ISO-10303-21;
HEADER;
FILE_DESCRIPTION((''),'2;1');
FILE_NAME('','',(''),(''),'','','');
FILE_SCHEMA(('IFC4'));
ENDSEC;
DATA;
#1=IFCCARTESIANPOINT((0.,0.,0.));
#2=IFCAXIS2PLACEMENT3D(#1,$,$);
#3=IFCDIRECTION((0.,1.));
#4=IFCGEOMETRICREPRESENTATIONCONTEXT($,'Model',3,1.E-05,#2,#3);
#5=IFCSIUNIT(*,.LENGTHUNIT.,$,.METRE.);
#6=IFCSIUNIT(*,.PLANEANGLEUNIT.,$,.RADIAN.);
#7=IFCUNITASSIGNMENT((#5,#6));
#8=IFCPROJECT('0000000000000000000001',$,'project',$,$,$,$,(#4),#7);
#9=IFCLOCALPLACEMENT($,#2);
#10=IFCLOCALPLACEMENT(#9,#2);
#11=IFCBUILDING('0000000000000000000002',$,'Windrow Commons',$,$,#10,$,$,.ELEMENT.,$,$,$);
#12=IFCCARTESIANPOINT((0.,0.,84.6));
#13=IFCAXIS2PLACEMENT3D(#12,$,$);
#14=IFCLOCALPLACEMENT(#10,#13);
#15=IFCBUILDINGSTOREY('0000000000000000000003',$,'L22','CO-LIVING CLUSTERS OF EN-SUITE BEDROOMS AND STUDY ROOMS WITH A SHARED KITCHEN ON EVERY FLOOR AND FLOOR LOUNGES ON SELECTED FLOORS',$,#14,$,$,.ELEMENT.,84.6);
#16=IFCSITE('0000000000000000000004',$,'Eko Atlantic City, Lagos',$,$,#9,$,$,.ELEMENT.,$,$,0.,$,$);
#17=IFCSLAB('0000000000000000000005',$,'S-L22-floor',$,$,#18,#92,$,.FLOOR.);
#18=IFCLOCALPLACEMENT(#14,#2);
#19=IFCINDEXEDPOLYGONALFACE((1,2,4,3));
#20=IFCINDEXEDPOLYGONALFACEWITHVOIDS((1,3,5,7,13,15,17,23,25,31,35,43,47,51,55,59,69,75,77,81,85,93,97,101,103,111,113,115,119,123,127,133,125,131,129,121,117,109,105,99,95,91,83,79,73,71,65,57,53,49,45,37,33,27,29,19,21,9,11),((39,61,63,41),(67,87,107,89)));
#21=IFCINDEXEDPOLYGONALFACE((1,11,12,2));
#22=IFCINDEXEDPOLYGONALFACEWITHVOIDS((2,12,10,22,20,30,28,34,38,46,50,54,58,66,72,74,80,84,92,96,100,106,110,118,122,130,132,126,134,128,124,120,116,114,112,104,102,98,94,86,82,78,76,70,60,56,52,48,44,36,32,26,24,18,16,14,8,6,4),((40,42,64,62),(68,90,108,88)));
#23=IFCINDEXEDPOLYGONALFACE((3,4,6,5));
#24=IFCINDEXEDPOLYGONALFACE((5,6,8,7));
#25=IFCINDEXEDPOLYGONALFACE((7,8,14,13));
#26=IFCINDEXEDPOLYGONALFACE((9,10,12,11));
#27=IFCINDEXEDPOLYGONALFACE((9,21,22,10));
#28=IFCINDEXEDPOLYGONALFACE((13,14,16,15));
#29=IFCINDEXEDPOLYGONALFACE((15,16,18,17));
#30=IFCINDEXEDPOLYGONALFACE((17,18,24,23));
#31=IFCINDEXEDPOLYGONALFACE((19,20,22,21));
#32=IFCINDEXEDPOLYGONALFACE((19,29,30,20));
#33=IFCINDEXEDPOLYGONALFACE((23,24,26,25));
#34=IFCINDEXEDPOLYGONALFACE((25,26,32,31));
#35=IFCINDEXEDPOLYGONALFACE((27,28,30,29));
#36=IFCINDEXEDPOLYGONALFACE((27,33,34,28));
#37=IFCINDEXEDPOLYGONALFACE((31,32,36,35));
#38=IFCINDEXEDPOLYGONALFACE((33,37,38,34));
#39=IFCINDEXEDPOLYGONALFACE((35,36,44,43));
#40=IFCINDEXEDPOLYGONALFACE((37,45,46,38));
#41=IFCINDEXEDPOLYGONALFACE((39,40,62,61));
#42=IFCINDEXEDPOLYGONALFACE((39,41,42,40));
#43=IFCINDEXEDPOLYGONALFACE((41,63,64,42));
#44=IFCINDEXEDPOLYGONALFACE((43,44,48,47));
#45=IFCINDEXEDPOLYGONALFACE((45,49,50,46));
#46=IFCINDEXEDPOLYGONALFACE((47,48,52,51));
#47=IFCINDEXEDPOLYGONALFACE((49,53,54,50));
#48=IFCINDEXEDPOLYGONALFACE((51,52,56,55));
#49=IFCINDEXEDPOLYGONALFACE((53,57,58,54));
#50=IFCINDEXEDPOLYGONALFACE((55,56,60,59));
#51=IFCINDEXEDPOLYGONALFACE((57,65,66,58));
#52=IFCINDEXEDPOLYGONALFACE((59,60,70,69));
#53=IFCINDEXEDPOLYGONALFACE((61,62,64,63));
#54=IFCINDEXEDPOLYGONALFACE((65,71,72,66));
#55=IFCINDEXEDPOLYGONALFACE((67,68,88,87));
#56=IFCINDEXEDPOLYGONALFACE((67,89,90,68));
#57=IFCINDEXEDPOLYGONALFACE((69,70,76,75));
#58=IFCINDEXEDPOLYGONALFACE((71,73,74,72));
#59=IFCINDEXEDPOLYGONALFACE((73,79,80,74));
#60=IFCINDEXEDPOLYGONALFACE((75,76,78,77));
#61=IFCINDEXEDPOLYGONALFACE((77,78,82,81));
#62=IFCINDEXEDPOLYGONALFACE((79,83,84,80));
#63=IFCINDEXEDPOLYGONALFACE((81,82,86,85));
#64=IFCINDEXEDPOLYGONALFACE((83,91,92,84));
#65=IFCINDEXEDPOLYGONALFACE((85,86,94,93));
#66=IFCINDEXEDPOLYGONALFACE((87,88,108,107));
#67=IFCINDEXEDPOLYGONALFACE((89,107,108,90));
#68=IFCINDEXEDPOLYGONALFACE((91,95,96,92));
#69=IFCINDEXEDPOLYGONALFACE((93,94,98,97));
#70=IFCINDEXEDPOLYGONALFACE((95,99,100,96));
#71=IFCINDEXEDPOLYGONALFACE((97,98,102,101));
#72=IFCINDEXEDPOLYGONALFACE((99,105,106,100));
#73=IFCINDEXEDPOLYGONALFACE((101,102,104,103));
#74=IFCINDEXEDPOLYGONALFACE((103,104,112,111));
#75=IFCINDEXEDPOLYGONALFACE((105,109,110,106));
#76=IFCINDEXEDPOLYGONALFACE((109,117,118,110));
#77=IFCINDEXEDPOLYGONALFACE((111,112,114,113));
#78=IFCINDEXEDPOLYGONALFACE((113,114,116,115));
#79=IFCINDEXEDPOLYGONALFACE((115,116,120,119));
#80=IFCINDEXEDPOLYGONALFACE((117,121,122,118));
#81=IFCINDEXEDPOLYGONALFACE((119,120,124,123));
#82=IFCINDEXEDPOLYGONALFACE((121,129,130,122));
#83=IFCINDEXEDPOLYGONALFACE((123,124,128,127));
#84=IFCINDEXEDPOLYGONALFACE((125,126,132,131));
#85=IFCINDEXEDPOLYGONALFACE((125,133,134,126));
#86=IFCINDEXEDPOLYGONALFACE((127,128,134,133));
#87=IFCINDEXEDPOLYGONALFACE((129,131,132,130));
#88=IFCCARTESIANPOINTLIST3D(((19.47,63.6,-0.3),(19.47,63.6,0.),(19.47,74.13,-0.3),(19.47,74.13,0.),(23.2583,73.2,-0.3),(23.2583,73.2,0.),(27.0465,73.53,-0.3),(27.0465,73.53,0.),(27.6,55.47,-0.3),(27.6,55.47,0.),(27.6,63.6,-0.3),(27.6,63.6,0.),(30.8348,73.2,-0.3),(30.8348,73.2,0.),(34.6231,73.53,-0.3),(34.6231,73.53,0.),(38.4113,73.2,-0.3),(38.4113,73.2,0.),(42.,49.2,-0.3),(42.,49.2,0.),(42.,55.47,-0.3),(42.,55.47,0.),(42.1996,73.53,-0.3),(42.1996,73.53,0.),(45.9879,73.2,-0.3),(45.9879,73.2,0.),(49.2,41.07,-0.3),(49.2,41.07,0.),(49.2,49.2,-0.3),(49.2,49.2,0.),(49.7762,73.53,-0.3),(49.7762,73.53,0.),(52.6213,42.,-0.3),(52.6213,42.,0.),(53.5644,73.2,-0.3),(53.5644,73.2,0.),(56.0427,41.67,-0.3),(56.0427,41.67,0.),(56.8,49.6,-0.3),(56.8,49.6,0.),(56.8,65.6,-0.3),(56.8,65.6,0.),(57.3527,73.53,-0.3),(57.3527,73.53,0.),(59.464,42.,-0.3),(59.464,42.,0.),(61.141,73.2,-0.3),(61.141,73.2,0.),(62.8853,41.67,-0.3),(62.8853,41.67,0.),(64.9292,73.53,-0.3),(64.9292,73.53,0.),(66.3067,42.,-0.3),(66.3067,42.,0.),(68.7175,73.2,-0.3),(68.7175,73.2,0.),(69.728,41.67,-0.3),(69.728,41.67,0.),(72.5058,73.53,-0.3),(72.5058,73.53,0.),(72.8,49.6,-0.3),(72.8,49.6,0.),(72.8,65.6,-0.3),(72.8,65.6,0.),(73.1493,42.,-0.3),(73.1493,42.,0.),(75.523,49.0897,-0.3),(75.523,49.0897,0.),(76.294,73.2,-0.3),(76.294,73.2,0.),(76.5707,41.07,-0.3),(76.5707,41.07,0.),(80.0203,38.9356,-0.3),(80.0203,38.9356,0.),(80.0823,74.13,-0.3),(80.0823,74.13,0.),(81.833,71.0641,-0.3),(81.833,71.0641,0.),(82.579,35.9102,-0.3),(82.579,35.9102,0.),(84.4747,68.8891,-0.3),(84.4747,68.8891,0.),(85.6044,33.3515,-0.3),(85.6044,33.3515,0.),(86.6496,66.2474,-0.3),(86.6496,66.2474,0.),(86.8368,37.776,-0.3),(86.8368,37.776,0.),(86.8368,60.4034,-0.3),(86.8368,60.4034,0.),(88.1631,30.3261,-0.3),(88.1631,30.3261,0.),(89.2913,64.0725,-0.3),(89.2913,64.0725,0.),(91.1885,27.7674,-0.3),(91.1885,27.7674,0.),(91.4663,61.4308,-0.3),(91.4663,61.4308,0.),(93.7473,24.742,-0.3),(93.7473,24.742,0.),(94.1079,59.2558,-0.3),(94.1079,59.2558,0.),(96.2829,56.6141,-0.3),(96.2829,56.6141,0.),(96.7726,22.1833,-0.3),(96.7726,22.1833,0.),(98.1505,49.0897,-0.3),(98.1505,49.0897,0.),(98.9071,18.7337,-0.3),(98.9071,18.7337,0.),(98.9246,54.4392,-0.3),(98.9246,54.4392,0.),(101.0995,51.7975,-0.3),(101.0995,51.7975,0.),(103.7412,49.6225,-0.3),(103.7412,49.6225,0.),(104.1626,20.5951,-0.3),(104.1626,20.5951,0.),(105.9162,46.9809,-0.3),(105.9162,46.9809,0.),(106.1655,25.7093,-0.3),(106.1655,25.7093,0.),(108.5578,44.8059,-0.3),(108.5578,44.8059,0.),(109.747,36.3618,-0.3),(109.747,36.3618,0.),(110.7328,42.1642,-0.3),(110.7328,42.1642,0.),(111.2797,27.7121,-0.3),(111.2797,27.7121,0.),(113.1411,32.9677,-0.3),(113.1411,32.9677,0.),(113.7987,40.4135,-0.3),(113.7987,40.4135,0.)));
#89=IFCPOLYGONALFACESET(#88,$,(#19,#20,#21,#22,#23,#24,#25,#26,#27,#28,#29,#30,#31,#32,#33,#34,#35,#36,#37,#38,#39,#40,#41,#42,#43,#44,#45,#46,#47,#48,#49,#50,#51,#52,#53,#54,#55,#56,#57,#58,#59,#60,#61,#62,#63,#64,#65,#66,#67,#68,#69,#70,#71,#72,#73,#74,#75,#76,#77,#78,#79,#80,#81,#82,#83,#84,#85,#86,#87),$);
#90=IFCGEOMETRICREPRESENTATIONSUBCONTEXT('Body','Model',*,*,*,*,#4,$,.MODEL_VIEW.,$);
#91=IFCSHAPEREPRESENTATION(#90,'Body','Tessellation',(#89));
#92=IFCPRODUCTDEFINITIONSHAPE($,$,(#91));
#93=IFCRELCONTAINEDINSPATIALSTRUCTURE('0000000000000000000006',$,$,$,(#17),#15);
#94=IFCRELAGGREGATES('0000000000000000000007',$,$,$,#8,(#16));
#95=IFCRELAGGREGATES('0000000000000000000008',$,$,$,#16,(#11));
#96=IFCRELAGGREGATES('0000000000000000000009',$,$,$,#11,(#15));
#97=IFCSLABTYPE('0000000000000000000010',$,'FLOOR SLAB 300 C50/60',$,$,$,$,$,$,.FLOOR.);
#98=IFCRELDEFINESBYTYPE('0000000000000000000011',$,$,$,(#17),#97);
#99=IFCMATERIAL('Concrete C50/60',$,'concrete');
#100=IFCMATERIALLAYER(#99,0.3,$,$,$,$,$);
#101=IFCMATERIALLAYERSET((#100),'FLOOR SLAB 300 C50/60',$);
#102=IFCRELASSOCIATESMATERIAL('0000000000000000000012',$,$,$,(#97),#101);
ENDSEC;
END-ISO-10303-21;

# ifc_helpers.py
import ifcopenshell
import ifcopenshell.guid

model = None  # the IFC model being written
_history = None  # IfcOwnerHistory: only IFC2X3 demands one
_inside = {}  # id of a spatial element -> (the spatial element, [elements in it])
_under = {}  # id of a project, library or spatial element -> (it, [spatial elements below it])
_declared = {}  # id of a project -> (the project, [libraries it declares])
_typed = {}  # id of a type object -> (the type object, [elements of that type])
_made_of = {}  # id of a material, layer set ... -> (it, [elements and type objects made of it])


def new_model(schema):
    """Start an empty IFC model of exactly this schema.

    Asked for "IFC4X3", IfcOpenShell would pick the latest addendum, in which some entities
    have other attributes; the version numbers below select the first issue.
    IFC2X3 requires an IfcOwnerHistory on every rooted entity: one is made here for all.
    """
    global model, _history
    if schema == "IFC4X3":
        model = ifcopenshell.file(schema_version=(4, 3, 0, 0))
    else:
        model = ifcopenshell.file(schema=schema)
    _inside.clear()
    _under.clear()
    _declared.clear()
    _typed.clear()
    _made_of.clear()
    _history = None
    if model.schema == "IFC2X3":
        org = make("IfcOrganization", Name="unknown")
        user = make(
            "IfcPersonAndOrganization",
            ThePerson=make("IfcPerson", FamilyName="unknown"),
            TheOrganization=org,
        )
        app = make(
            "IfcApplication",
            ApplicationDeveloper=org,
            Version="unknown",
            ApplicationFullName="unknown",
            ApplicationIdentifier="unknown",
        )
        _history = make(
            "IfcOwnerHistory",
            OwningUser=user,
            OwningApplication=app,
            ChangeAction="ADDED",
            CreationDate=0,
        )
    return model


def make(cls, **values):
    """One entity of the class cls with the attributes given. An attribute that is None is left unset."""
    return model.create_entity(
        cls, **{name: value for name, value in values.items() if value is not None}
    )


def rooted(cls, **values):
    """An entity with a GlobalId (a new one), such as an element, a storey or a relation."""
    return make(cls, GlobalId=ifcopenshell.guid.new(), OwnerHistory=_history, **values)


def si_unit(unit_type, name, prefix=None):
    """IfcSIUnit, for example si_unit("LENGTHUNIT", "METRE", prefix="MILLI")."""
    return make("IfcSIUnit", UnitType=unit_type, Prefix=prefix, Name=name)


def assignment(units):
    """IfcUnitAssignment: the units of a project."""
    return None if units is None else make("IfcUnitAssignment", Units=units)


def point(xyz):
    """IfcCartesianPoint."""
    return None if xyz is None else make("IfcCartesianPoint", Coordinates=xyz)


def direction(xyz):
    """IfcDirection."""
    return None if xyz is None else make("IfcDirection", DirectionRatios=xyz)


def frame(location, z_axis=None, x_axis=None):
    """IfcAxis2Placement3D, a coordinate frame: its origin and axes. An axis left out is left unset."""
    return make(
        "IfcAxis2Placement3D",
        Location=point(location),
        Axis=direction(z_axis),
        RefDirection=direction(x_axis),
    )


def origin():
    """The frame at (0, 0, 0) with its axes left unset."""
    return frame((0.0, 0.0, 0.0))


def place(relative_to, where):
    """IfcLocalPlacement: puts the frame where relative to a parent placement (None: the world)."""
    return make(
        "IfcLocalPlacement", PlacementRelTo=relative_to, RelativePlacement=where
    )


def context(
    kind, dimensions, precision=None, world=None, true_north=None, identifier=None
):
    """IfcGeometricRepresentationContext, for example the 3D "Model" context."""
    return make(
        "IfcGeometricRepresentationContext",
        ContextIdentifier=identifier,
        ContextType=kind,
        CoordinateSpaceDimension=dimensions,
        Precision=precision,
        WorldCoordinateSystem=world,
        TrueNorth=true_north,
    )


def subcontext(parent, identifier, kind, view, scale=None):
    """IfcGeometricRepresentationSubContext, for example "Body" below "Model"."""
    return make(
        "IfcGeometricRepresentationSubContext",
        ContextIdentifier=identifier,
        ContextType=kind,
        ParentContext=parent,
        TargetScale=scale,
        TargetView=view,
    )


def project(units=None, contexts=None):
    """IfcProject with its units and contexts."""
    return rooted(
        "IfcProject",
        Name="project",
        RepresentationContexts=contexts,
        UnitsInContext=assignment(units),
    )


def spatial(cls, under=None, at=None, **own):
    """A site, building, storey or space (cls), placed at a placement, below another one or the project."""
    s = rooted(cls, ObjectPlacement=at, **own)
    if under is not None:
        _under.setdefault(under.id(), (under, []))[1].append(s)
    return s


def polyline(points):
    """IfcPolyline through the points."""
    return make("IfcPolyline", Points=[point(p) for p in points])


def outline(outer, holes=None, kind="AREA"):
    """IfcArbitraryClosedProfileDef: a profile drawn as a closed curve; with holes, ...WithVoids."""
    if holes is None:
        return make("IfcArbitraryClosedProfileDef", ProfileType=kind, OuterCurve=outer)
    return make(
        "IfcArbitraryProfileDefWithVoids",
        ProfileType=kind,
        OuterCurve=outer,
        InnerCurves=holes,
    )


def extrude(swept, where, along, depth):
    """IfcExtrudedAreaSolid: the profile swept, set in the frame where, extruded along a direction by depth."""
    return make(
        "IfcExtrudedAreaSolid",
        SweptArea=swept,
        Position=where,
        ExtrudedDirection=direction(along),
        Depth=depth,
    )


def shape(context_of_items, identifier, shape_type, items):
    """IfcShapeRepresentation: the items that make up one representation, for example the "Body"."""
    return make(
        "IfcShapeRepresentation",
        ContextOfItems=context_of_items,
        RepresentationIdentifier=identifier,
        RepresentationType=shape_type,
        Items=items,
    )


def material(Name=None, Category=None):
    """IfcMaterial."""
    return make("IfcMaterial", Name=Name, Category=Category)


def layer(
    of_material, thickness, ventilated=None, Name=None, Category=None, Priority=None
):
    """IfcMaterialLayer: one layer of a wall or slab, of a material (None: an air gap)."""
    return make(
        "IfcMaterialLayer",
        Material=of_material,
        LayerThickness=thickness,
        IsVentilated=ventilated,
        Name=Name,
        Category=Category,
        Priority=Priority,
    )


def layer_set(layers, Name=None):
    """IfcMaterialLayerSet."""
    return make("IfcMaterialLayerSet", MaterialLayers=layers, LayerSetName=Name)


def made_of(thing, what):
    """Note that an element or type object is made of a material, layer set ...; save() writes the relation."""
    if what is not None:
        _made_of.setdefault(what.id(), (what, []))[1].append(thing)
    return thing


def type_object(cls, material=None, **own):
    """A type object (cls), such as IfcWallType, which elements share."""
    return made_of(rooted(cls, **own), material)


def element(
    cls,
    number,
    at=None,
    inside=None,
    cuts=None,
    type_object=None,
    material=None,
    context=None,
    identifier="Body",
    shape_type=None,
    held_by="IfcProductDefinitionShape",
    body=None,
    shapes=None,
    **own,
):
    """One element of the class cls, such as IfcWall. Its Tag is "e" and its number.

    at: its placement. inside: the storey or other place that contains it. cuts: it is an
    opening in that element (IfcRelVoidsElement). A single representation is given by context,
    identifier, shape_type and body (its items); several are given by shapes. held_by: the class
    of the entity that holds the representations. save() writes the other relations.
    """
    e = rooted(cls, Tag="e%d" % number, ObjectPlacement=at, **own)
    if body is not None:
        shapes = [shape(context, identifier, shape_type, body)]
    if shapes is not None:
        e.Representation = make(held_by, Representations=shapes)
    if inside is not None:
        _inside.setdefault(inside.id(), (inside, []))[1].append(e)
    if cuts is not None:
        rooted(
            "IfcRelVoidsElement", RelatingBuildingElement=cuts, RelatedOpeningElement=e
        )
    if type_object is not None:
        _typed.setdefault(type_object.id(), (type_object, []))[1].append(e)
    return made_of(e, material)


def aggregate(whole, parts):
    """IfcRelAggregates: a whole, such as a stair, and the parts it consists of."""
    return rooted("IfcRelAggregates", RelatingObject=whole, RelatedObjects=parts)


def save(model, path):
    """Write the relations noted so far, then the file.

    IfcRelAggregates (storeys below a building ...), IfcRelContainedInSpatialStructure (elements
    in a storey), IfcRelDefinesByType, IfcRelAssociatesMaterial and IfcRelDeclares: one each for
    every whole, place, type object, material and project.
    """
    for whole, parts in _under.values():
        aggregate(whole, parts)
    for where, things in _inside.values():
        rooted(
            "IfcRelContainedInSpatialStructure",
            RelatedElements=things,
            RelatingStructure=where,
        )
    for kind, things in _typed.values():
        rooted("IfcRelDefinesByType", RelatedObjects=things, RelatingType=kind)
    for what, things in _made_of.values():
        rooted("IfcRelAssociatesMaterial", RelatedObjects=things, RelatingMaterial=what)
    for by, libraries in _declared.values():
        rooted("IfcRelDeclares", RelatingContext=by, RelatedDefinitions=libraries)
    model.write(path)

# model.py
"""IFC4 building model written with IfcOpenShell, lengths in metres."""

from ifc_helpers import new_model, si_unit, direction, frame, origin, place, context, subcontext, project, spatial, polyline, outline, extrude, material, layer, layer_set, type_object, element, save


model = new_model("IFC4")

# Units and contexts
model_context = context("Model", 3, precision=1e-05, world=origin(), true_north=direction((0.0, 1.0)))
body_context = subcontext(model_context, "Body", "Model", "MODEL_VIEW")
ifc_project = project(units=[si_unit("LENGTHUNIT", "METRE"), si_unit("PLANEANGLEUNIT", "RADIAN")], contexts=[model_context])

# Site, building, storey
site_placement = place(None, origin())
site = spatial("IfcSite", under=ifc_project, at=site_placement, Name="Eko Atlantic City, Lagos", CompositionType="ELEMENT", RefElevation=0.0)
building_placement = place(site_placement, origin())
building = spatial("IfcBuilding", under=site, at=building_placement, Name="Windrow Commons", CompositionType="ELEMENT")
storey_placement = place(building_placement, frame((0.0, 0.0, 84.6)))
storey = spatial("IfcBuildingStorey", under=building, at=storey_placement, Name="L22", Description="CO-LIVING CLUSTERS OF EN-SUITE BEDROOMS AND STUDY ROOMS WITH A SHARED KITCHEN ON EVERY FLOOR AND FLOOR LOUNGES ON SELECTED FLOORS", CompositionType="ELEMENT", Elevation=84.6)

# Shared definitions
placement_1 = place(storey_placement, frame((0.0, 0.0, -0.3)))

# Slab, openings
ifc_material_1 = material(Name="Concrete C50/60", Category="concrete")
ifc_layer_1 = layer(ifc_material_1, 0.3)
ifc_layer_set_1 = layer_set([ifc_layer_1], Name="FLOOR SLAB 300 C50/60")
slab_type_1 = type_object("IfcSlabType", Name="FLOOR SLAB 300 C50/60", PredefinedType="FLOOR", material=ifc_layer_set_1)
slab_1 = element("IfcSlab", 1, at=placement_1, inside=storey, type_object=slab_type_1, Name="S-L22-floor", PredefinedType="FLOOR", context=body_context, shape_type="SweptSolid", body=[
    extrude(outline(polyline([(96.7726, 22.1833), (98.9071, 18.7337), (104.1626, 20.5951), (106.1655, 25.7093), (111.2797, 27.7121), (113.1411, 32.9677), (109.747, 36.3618), (113.7987, 40.4135), (110.7328, 42.1642), (108.5578, 44.8059), (105.9162, 46.9809), (103.7412, 49.6225), (101.0995, 51.7975), (98.9246, 54.4392), (96.2829, 56.6141), (94.1079, 59.2558), (91.4663, 61.4308), (89.2913, 64.0725), (86.6496, 66.2474), (84.4747, 68.8891), (81.833, 71.0641), (80.0823, 74.13), (76.294, 73.2), (72.5058, 73.53), (68.7175, 73.2), (64.9292, 73.53), (61.141, 73.2), (57.3527, 73.53), (53.5644, 73.2), (49.7762, 73.53), (45.9879, 73.2), (42.1996, 73.53), (38.4113, 73.2), (34.6231, 73.53), (30.8348, 73.2), (27.0465, 73.53), (23.2583, 73.2), (19.47, 74.13), (19.47, 63.6), (27.6, 63.6), (27.6, 55.47), (42.0, 55.47), (42.0, 49.2), (49.2, 49.2), (49.2, 41.07), (52.6213, 42.0), (56.0427, 41.67), (59.464, 42.0), (62.8853, 41.67), (66.3067, 42.0), (69.728, 41.67), (73.1493, 42.0), (76.5707, 41.07), (80.0203, 38.9356), (82.579, 35.9102), (85.6044, 33.3515), (88.1631, 30.3261), (91.1885, 27.7674), (93.7473, 24.742), (96.7726, 22.1833)]), holes=[polyline([(75.523, 49.0897), (86.8368, 60.4034), (98.1505, 49.0897), (86.8368, 37.776), (75.523, 49.0897)]), polyline([(56.8, 49.6), (56.8, 65.6), (72.8, 65.6), (72.8, 49.6), (56.8, 49.6)])]), origin(), (0.0, 0.0, 1.0), 0.3),
])
opening_1_placement = place(placement_1, origin())
element("IfcOpeningElement", 2, at=opening_1_placement, cuts=slab_1, PredefinedType="OPENING", context=body_context, shape_type="SweptSolid", body=[
    extrude(outline(polyline([(75.5301, 49.0897), (86.8368, 60.3963), (98.1434, 49.0897), (86.8368, 37.7831), (75.5301, 49.0897)])), origin(), (0.0, 0.0, 1.0), 0.3),
])
opening_2_placement = place(placement_1, origin())
element("IfcOpeningElement", 3, at=opening_2_placement, cuts=slab_1, PredefinedType="OPENING", context=body_context, shape_type="SweptSolid", body=[
    extrude(outline(polyline([(56.805, 49.605), (56.805, 65.595), (72.795, 65.595), (72.795, 49.605), (56.805, 49.605)])), origin(), (0.0, 0.0, 1.0), 0.3),
])

save(model, "model.ifc")
